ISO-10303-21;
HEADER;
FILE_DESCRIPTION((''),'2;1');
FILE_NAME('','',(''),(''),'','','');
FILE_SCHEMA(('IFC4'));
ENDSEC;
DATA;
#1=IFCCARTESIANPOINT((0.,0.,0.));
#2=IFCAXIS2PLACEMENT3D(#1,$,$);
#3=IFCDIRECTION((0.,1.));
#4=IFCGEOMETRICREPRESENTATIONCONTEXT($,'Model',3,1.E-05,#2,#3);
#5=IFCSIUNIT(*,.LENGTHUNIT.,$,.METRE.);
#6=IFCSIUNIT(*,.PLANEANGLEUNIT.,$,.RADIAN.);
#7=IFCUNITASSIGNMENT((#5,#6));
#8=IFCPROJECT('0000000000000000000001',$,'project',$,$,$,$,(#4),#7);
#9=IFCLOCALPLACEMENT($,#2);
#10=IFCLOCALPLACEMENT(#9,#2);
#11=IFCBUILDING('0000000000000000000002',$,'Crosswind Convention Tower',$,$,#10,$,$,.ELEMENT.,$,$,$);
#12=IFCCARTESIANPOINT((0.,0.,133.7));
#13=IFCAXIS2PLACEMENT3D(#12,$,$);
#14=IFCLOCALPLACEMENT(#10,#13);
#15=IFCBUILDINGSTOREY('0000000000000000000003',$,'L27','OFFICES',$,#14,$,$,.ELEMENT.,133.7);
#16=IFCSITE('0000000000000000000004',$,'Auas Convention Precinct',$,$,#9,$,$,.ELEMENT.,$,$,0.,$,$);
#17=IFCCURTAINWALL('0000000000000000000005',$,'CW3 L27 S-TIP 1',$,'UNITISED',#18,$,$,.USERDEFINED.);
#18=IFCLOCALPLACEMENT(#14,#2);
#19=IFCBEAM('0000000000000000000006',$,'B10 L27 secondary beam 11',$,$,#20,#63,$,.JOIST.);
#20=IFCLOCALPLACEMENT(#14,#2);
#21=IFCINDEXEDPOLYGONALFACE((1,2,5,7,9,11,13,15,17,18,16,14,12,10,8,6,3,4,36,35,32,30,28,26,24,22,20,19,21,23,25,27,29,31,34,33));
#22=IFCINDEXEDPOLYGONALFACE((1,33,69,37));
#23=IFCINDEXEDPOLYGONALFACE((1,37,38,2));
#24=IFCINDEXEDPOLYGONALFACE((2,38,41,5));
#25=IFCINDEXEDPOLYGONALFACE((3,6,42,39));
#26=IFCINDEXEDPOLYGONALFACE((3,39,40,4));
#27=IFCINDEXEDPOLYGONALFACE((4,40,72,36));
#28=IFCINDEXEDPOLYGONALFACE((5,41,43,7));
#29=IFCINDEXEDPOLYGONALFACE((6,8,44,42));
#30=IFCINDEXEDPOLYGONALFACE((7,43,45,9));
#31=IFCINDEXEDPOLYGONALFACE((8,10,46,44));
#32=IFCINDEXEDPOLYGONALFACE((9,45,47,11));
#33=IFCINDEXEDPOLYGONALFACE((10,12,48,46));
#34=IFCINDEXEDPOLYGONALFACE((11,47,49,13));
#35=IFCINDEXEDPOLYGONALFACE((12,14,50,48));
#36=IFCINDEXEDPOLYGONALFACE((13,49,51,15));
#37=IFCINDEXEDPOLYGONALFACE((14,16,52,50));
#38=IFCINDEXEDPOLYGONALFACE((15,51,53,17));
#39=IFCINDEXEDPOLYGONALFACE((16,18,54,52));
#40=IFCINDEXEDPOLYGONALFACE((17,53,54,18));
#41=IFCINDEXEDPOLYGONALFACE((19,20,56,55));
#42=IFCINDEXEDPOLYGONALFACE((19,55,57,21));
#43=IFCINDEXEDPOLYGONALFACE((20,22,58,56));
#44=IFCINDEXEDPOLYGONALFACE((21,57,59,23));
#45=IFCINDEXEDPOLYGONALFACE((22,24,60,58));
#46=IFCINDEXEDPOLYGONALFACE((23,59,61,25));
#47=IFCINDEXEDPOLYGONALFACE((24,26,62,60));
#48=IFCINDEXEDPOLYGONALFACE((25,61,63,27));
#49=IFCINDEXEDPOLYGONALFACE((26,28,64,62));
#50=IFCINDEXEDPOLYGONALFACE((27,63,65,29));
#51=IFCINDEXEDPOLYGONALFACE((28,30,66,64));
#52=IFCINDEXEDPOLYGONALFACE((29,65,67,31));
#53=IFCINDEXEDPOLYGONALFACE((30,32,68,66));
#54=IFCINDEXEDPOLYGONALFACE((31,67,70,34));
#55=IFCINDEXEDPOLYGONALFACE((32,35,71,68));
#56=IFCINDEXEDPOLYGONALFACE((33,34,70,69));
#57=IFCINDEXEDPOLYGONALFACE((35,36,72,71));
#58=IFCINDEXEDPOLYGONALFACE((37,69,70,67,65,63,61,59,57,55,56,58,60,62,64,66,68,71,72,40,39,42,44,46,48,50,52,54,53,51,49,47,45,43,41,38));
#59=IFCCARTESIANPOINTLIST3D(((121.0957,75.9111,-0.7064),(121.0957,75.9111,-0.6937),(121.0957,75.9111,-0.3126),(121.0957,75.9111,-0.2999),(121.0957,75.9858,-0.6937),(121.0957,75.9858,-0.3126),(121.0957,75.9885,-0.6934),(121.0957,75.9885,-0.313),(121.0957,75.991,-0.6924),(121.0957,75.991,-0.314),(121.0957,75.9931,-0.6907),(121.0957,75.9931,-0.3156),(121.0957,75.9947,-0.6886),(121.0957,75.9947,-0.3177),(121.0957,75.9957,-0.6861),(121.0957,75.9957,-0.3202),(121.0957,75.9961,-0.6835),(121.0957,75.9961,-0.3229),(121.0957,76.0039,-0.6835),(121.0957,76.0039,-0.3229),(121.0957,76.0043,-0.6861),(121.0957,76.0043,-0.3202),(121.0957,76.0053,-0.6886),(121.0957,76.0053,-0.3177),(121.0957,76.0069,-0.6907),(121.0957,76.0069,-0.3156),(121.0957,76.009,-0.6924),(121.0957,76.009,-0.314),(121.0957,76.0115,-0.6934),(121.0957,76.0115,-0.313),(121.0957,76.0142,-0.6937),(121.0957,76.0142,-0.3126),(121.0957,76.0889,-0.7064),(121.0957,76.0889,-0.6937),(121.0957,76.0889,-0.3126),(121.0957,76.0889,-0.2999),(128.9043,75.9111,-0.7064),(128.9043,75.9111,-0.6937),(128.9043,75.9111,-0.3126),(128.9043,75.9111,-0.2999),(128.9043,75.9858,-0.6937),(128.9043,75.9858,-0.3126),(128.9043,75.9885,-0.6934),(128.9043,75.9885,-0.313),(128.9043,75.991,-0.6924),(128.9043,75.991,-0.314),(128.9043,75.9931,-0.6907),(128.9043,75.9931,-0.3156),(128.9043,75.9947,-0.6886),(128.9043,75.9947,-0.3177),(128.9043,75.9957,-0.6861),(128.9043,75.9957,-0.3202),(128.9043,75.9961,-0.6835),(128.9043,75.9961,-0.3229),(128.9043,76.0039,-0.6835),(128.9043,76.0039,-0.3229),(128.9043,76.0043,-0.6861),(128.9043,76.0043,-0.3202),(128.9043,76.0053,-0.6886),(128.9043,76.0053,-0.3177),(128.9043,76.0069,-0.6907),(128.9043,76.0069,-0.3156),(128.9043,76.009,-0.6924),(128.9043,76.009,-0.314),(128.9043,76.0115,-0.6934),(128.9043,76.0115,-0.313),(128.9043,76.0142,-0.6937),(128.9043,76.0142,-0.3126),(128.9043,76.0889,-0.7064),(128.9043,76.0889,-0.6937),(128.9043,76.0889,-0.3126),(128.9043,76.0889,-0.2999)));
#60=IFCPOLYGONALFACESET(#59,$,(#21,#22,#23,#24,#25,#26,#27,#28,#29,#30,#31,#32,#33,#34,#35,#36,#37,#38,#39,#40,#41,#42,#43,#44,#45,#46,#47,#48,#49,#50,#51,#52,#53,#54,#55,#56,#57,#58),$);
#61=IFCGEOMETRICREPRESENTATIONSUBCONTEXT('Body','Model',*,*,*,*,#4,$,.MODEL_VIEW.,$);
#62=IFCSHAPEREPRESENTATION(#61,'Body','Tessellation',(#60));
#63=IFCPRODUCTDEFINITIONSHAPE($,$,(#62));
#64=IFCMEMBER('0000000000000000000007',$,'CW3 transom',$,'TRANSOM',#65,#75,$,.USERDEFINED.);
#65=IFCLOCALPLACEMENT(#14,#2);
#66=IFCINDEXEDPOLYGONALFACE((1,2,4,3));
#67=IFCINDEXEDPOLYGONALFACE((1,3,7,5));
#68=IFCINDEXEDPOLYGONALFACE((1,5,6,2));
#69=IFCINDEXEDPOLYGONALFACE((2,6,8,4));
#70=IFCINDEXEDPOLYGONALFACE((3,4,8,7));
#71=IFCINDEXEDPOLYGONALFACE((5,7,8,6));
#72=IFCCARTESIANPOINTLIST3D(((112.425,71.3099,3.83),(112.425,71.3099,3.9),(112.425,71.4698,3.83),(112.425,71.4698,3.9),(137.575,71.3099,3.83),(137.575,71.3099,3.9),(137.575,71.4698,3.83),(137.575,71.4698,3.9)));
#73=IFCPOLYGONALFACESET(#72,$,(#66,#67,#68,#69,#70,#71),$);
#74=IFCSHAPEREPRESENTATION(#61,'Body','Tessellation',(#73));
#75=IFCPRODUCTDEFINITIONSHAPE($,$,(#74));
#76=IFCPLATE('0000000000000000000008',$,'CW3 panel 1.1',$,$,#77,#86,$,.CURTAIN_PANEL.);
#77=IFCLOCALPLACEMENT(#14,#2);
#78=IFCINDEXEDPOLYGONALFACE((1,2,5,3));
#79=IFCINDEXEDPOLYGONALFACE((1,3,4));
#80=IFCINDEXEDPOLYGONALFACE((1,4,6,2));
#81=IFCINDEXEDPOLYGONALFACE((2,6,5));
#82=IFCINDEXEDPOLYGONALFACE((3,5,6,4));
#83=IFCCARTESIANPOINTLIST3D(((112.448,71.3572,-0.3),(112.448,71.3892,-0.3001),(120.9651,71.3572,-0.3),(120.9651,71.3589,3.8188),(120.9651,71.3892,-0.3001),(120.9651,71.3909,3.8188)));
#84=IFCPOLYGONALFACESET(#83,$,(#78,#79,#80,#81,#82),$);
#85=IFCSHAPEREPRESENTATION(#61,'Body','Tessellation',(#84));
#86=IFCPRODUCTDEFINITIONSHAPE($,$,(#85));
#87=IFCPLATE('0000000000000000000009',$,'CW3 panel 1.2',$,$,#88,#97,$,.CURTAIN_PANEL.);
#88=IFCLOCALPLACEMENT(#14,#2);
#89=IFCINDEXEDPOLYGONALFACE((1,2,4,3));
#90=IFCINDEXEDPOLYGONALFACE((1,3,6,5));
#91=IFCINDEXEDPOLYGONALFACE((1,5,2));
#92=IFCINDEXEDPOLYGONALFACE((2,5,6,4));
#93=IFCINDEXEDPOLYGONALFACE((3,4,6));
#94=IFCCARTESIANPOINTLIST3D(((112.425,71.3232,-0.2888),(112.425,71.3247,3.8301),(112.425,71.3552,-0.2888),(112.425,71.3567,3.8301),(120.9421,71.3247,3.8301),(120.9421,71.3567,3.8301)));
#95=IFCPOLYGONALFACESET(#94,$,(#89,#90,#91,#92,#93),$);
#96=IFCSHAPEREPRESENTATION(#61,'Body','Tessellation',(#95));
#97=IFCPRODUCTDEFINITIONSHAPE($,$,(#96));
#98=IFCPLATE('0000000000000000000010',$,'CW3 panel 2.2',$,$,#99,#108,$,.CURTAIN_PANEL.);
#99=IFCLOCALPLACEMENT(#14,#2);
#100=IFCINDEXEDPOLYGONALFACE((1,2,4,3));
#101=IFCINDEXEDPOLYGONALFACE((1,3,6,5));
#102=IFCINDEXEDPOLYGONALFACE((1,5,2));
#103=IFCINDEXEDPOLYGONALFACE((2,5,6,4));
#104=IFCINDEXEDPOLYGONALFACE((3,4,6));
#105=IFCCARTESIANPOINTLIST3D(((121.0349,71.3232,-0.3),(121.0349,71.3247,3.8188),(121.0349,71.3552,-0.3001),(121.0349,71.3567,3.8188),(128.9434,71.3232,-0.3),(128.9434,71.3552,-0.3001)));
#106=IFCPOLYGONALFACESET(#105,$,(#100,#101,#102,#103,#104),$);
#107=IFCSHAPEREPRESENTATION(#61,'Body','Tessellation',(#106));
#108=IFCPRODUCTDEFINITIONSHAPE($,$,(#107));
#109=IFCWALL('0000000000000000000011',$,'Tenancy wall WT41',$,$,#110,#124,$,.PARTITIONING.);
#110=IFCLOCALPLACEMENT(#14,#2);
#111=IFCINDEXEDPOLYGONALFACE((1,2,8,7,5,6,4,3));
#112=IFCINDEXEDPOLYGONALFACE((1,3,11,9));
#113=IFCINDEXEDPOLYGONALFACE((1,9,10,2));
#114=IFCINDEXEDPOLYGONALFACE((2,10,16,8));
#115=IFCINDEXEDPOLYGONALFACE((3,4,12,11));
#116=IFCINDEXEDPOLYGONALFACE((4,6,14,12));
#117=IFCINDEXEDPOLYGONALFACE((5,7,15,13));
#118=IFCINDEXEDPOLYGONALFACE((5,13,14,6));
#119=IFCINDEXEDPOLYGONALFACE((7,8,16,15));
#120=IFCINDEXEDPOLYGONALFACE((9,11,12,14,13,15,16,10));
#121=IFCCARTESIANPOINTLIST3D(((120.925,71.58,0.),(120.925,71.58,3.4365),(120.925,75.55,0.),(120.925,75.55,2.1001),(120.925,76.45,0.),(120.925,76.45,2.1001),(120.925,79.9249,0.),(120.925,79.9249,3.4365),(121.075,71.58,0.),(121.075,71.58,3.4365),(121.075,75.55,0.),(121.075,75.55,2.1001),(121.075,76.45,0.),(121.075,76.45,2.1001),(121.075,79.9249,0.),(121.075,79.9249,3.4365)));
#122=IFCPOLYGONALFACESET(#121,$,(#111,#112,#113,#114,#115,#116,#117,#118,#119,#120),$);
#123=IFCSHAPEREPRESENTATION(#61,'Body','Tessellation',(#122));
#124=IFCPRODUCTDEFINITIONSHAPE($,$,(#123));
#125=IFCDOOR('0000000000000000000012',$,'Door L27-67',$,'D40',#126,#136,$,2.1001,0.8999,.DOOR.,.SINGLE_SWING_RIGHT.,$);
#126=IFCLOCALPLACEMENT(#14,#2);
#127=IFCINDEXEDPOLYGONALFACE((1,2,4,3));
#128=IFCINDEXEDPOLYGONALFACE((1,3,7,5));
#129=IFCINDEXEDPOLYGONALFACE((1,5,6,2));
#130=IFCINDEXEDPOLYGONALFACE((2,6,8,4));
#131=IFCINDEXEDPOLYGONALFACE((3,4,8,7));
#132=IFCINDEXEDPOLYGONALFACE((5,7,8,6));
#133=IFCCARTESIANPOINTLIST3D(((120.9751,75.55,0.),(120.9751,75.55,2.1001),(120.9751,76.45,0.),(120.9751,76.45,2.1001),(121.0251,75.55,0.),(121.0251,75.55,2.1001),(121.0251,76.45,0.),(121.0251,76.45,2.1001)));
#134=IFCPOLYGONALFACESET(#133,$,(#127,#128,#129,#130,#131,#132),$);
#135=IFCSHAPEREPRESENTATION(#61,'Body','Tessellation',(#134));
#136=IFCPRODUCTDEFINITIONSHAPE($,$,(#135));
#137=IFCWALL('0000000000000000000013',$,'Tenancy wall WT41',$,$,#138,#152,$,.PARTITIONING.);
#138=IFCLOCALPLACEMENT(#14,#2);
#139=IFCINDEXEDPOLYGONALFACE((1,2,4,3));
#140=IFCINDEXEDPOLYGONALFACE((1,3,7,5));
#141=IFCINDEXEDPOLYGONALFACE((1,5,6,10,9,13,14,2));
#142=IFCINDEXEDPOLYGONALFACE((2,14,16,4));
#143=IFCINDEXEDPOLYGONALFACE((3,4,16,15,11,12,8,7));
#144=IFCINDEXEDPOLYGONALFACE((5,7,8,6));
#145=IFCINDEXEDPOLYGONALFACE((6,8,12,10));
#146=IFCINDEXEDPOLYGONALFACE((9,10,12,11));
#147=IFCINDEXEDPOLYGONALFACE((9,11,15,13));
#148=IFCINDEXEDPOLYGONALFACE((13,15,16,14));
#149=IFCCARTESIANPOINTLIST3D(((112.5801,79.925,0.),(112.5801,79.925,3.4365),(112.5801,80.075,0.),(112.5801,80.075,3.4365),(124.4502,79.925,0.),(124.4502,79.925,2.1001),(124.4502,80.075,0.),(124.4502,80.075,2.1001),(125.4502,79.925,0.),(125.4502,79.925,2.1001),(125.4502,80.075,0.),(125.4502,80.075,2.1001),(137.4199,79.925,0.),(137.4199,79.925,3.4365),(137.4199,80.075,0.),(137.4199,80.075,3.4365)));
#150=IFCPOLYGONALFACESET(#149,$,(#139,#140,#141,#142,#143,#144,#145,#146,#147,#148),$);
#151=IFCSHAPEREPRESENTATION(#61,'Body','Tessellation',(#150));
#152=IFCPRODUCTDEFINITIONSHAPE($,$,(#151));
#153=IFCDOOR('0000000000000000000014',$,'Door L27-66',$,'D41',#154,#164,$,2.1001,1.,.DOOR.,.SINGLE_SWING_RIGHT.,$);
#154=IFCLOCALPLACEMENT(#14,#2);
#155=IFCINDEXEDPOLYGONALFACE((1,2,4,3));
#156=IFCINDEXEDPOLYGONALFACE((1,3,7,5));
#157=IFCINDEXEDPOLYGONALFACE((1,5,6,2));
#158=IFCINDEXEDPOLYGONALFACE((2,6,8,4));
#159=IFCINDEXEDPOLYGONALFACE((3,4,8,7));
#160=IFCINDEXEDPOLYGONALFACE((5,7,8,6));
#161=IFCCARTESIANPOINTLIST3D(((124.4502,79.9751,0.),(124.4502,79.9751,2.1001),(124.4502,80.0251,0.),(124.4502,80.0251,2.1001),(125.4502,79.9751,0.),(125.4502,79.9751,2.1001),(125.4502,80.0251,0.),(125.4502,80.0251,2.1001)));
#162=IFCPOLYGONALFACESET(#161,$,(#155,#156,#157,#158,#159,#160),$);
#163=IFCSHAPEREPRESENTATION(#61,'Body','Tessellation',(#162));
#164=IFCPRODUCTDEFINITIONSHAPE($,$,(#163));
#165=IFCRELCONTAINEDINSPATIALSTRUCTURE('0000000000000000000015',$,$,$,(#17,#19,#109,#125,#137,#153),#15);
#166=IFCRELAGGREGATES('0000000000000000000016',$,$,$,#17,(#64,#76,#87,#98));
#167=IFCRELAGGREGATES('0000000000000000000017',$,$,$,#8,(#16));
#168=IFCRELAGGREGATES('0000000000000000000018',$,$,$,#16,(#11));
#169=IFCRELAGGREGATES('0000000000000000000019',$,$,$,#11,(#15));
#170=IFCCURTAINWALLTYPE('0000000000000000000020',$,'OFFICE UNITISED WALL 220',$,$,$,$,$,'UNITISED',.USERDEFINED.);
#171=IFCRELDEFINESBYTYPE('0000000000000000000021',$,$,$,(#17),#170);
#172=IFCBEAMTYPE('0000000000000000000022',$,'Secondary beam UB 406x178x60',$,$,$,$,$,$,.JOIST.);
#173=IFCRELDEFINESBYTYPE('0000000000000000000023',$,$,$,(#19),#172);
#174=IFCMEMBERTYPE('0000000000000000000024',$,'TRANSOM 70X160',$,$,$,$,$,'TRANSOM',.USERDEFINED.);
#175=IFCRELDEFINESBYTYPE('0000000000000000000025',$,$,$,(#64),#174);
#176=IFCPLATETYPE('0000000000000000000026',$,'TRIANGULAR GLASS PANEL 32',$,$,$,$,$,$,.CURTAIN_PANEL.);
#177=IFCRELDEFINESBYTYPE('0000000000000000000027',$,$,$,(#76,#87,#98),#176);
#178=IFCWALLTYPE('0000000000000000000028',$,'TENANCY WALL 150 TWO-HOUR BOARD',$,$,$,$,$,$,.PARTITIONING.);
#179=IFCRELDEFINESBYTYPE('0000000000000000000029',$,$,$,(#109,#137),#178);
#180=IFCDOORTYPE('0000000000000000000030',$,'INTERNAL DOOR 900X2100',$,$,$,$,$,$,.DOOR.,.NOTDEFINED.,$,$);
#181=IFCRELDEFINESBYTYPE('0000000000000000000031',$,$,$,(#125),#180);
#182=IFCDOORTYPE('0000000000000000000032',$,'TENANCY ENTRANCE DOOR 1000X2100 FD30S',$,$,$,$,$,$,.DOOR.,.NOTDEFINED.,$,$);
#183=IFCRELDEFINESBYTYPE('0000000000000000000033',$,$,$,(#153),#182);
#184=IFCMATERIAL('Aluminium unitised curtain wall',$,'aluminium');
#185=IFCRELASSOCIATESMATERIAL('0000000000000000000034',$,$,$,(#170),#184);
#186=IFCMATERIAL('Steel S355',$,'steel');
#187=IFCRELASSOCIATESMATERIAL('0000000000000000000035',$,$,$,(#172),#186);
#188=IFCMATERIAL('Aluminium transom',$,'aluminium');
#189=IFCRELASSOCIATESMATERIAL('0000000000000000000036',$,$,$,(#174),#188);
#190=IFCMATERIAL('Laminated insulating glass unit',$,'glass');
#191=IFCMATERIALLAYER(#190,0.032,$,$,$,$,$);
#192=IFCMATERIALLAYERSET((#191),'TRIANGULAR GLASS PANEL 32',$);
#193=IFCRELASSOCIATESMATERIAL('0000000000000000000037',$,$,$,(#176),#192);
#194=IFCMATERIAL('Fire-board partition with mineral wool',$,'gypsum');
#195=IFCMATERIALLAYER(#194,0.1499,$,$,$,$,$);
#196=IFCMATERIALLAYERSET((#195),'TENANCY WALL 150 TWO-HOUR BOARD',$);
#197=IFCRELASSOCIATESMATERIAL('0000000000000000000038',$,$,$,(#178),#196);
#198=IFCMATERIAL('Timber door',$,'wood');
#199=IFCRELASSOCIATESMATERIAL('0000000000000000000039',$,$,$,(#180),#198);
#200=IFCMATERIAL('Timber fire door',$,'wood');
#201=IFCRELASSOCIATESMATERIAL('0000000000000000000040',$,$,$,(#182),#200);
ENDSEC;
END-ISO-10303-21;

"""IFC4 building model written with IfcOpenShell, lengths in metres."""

from ifc_helpers import new_model, si_unit, direction, frame, frame_2d, origin, origin_2d, place, context, subcontext, project, spatial, polyline, rectangle, i_section, outline, extrude, material, layer, layer_set, material_profile, profile_set, type_object, element, fill, aggregate, save


model = new_model("IFC4")

# Units and contexts
model_context = context("Model", 3, precision=1e-05, world=origin(), true_north=direction((0.0, 1.0)))
body_context = subcontext(model_context, "Body", "Model", "MODEL_VIEW")
ifc_project = project(units=[si_unit("LENGTHUNIT", "METRE"), si_unit("PLANEANGLEUNIT", "RADIAN")], contexts=[model_context])

# Site, building, storey
site_placement = place(None, origin())
site = spatial("IfcSite", under=ifc_project, at=site_placement, Name="Auas Convention Precinct", CompositionType="ELEMENT", RefElevation=0.0)
building_placement = place(site_placement, origin())
building = spatial("IfcBuilding", under=site, at=building_placement, Name="Crosswind Convention Tower", CompositionType="ELEMENT")
storey_placement = place(building_placement, frame((0.0, 0.0, 133.7)))
storey = spatial("IfcBuildingStorey", under=building, at=storey_placement, Name="L27", Description="OFFICES", CompositionType="ELEMENT", Elevation=133.7)

# Shared definitions
ifc_material_1 = material(Name="Steel S355", Category="steel")

# Curtain wall
ifc_material_2 = material(Name="Aluminium unitised curtain wall", Category="aluminium")
curtain_wall_type_1 = type_object("IfcCurtainWallType", Name="OFFICE UNITISED WALL 220", ElementType="UNITISED", PredefinedType="USERDEFINED", material=ifc_material_2)
curtain_wall_1_placement = place(storey_placement, origin())
curtain_wall_1 = element("IfcCurtainWall", 1, at=curtain_wall_1_placement, inside=storey, type_object=curtain_wall_type_1, Name="CW3 L27 S-TIP 1", ObjectType="UNITISED", PredefinedType="USERDEFINED")

# Beam
ifc_material_profile_1 = material_profile(ifc_material_1, i_section(OverallWidth=0.1777, OverallDepth=0.4065, WebThickness=0.0078, FlangeThickness=0.0127, FilletRadius=0.0103, at=origin_2d()), Name="UB 406x178x60")
ifc_profile_set_1 = profile_set([ifc_material_profile_1], Name="Steel S355")
beam_type_1 = type_object("IfcBeamType", Name="Secondary beam UB 406x178x60", PredefinedType="JOIST", material=ifc_profile_set_1)
beam_1_placement = place(storey_placement, frame((121.0957, 76.0, -0.5032), z_axis=(1.0, 0.0, 0.0), x_axis=(0.0, 1.0, 0.0)))
element("IfcBeam", 2, at=beam_1_placement, inside=storey, type_object=beam_type_1, Name="B10 L27 secondary beam 11", PredefinedType="JOIST", context=body_context, shape_type="SweptSolid", body=[
    extrude(i_section(OverallWidth=0.1777, OverallDepth=0.4065, WebThickness=0.0078, FlangeThickness=0.0127, FilletRadius=0.0103, at=origin_2d()), origin(), (0.0, 0.0, 1.0), 7.8086),
])

# Member
ifc_material_3 = material(Name="Aluminium transom", Category="aluminium")
ifc_material_profile_2 = material_profile(ifc_material_3, rectangle(XDim=0.1599, YDim=0.0701, at=origin_2d()), Name="AL 160X70")
ifc_profile_set_2 = profile_set([ifc_material_profile_2], Name="Aluminium transom")
member_type_1 = type_object("IfcMemberType", Name="TRANSOM 70X160", ElementType="TRANSOM", PredefinedType="USERDEFINED", material=ifc_profile_set_2)
member_1_placement = place(storey_placement, frame((112.425, 71.3899, 3.865), z_axis=(1.0, 0.0, 0.0), x_axis=(0.0, 1.0, 0.0)))
member_1 = element("IfcMember", 3, at=member_1_placement, type_object=member_type_1, Name="CW3 transom", ObjectType="TRANSOM", PredefinedType="USERDEFINED", context=body_context, shape_type="SweptSolid", body=[
    extrude(rectangle(XDim=0.1599, YDim=0.0701, at=origin_2d()), origin(), (0.0, 0.0, 1.0), 25.1499),
])

# Plates
ifc_material_4 = material(Name="Laminated insulating glass unit", Category="glass")
ifc_layer_1 = layer(ifc_material_4, 0.032)
ifc_layer_set_1 = layer_set([ifc_layer_1], Name="TRIANGULAR GLASS PANEL 32")
plate_type = type_object("IfcPlateType", Name="TRIANGULAR GLASS PANEL 32", PredefinedType="CURTAIN_PANEL", material=ifc_layer_set_1)
plate_1_placement = place(storey_placement, frame((120.9651, 71.3572, -0.3), z_axis=(0.0, -1.0, 0.000415), x_axis=(0.0, 0.000415, 1.0)))
plate_1 = element("IfcPlate", 4, at=plate_1_placement, type_object=plate_type, Name="CW3 panel 1.1", PredefinedType="CURTAIN_PANEL", context=body_context, shape_type="SweptSolid", body=[
    extrude(outline(polyline([(0.0, 0.0), (4.1189, 0.0), (0.0, 8.5171), (0.0, 0.0)])), origin(), (0.0, 0.0, -1.0), 0.032),
])
plate_2_placement = place(storey_placement, frame((112.425, 71.3247, 3.8301), z_axis=(0.0, -1.0, 0.000356), x_axis=(0.0, -0.000356, -1.0)))
plate_2 = element("IfcPlate", 5, at=plate_2_placement, type_object=plate_type, Name="CW3 panel 1.2", PredefinedType="CURTAIN_PANEL", context=body_context, shape_type="SweptSolid", body=[
    extrude(outline(polyline([(0.0, 0.0), (4.1189, 0.0), (0.0, 8.5171), (0.0, 0.0)])), origin(), (0.0, 0.0, -1.0), 0.032),
])
plate_3_placement = place(storey_placement, frame((121.0349, 71.3232, -0.3), z_axis=(0.0, -1.0, 0.000356), x_axis=(1.0, 0.0, 0.0)))
plate_3 = element("IfcPlate", 6, at=plate_3_placement, type_object=plate_type, Name="CW3 panel 2.2", PredefinedType="CURTAIN_PANEL", context=body_context, shape_type="SweptSolid", body=[
    extrude(outline(polyline([(0.0, 0.0), (7.9084, 0.0), (0.0, 4.1189), (0.0, 0.0)])), origin(), (0.0, 0.0, -1.0), 0.032),
])

# Walls, openings, doors
ifc_material_5 = material(Name="Fire-board partition with mineral wool", Category="gypsum")
ifc_layer_2 = layer(ifc_material_5, 0.1499)
ifc_layer_set_2 = layer_set([ifc_layer_2], Name="TENANCY WALL 150 TWO-HOUR BOARD")
wall_type = type_object("IfcWallType", Name="TENANCY WALL 150 TWO-HOUR BOARD", PredefinedType="PARTITIONING", material=ifc_layer_set_2)
wall_1_placement = place(storey_placement, frame((121.0, 71.5801, 0.0), z_axis=(0.0, 0.0, 1.0), x_axis=(0.0, 1.0, 0.0)))
wall_1 = element("IfcWall", 7, at=wall_1_placement, inside=storey, type_object=wall_type, Name="Tenancy wall WT41", PredefinedType="PARTITIONING", context=body_context, shape_type="SweptSolid", body=[
    extrude(rectangle(XDim=8.345, YDim=0.1499, at=frame_2d((4.1724, 0.0))), origin(), (0.0, 0.0, 1.0), 3.4365),
])
opening_1_placement = place(wall_1_placement, frame((3.97, 0.0, 0.0)))
opening_1 = element("IfcOpeningElement", 8, at=opening_1_placement, cuts=wall_1, PredefinedType="OPENING", context=body_context, shape_type="SweptSolid", body=[
    extrude(rectangle(XDim=0.8999, YDim=2.1001, at=frame_2d((0.45, 1.05))), frame((0.0, 0.085, 0.0), z_axis=(0.0, -1.0, 0.0), x_axis=(1.0, 0.0, 0.0)), (0.0, 0.0, 1.0), 0.1699),
])
ifc_material_6 = material(Name="Timber door", Category="wood")
door_type_1 = type_object("IfcDoorType", Name="INTERNAL DOOR 900X2100", OperationType="NOTDEFINED", PredefinedType="DOOR", material=ifc_material_6)
door_1_placement = place(opening_1_placement, origin())
door_1 = element("IfcDoor", 9, at=door_1_placement, inside=storey, type_object=door_type_1, Name="Door L27-67", ObjectType="D40", OperationType="SINGLE_SWING_RIGHT", OverallHeight=2.1001, OverallWidth=0.8999, PredefinedType="DOOR", context=body_context, shape_type="SweptSolid", body=[
    extrude(rectangle(XDim=0.8999, YDim=2.1001, at=frame_2d((0.45, 1.05))), frame((0.0, 0.0249, 0.0), z_axis=(0.0, -1.0, 0.0), x_axis=(1.0, 0.0, 0.0)), (0.0, 0.0, 1.0), 0.05),
])
fill(opening_1, door_1)
wall_2_placement = place(storey_placement, frame((112.5801, 80.0, 0.0), z_axis=(0.0, 0.0, 1.0), x_axis=(1.0, 0.0, 0.0)))
wall_2 = element("IfcWall", 10, at=wall_2_placement, inside=storey, type_object=wall_type, Name="Tenancy wall WT41", PredefinedType="PARTITIONING", context=body_context, shape_type="SweptSolid", body=[
    extrude(rectangle(XDim=24.8398, YDim=0.1499, at=frame_2d((12.4199, 0.0))), origin(), (0.0, 0.0, 1.0), 3.4365),
])
opening_2_placement = place(wall_2_placement, frame((11.8701, 0.0, 0.0)))
opening_2 = element("IfcOpeningElement", 11, at=opening_2_placement, cuts=wall_2, PredefinedType="OPENING", context=body_context, shape_type="SweptSolid", body=[
    extrude(rectangle(XDim=1.0, YDim=2.1001, at=frame_2d((0.5, 1.05))), frame((0.0, 0.085, 0.0), z_axis=(0.0, -1.0, 0.0), x_axis=(1.0, 0.0, 0.0)), (0.0, 0.0, 1.0), 0.1699),
])
ifc_material_7 = material(Name="Timber fire door", Category="wood")
door_type_2 = type_object("IfcDoorType", Name="TENANCY ENTRANCE DOOR 1000X2100 FD30S", OperationType="NOTDEFINED", PredefinedType="DOOR", material=ifc_material_7)
door_2_placement = place(opening_2_placement, frame((1.0, 0.0, 0.0), z_axis=(0.0, 0.0, 1.0), x_axis=(-1.0, 0.0, 0.0)))
door_2 = element("IfcDoor", 12, at=door_2_placement, inside=storey, type_object=door_type_2, Name="Door L27-66", ObjectType="D41", OperationType="SINGLE_SWING_RIGHT", OverallHeight=2.1001, OverallWidth=1.0, PredefinedType="DOOR", context=body_context, shape_type="SweptSolid", body=[
    extrude(rectangle(XDim=1.0, YDim=2.1001, at=frame_2d((0.5, 1.05))), frame((0.0, 0.0249, 0.0), z_axis=(0.0, -1.0, 0.0), x_axis=(1.0, 0.0, 0.0)), (0.0, 0.0, 1.0), 0.05),
])
fill(opening_2, door_2)

aggregate(curtain_wall_1, [member_1, plate_1, plate_2, plate_3])

save(model, "model.ifc")
